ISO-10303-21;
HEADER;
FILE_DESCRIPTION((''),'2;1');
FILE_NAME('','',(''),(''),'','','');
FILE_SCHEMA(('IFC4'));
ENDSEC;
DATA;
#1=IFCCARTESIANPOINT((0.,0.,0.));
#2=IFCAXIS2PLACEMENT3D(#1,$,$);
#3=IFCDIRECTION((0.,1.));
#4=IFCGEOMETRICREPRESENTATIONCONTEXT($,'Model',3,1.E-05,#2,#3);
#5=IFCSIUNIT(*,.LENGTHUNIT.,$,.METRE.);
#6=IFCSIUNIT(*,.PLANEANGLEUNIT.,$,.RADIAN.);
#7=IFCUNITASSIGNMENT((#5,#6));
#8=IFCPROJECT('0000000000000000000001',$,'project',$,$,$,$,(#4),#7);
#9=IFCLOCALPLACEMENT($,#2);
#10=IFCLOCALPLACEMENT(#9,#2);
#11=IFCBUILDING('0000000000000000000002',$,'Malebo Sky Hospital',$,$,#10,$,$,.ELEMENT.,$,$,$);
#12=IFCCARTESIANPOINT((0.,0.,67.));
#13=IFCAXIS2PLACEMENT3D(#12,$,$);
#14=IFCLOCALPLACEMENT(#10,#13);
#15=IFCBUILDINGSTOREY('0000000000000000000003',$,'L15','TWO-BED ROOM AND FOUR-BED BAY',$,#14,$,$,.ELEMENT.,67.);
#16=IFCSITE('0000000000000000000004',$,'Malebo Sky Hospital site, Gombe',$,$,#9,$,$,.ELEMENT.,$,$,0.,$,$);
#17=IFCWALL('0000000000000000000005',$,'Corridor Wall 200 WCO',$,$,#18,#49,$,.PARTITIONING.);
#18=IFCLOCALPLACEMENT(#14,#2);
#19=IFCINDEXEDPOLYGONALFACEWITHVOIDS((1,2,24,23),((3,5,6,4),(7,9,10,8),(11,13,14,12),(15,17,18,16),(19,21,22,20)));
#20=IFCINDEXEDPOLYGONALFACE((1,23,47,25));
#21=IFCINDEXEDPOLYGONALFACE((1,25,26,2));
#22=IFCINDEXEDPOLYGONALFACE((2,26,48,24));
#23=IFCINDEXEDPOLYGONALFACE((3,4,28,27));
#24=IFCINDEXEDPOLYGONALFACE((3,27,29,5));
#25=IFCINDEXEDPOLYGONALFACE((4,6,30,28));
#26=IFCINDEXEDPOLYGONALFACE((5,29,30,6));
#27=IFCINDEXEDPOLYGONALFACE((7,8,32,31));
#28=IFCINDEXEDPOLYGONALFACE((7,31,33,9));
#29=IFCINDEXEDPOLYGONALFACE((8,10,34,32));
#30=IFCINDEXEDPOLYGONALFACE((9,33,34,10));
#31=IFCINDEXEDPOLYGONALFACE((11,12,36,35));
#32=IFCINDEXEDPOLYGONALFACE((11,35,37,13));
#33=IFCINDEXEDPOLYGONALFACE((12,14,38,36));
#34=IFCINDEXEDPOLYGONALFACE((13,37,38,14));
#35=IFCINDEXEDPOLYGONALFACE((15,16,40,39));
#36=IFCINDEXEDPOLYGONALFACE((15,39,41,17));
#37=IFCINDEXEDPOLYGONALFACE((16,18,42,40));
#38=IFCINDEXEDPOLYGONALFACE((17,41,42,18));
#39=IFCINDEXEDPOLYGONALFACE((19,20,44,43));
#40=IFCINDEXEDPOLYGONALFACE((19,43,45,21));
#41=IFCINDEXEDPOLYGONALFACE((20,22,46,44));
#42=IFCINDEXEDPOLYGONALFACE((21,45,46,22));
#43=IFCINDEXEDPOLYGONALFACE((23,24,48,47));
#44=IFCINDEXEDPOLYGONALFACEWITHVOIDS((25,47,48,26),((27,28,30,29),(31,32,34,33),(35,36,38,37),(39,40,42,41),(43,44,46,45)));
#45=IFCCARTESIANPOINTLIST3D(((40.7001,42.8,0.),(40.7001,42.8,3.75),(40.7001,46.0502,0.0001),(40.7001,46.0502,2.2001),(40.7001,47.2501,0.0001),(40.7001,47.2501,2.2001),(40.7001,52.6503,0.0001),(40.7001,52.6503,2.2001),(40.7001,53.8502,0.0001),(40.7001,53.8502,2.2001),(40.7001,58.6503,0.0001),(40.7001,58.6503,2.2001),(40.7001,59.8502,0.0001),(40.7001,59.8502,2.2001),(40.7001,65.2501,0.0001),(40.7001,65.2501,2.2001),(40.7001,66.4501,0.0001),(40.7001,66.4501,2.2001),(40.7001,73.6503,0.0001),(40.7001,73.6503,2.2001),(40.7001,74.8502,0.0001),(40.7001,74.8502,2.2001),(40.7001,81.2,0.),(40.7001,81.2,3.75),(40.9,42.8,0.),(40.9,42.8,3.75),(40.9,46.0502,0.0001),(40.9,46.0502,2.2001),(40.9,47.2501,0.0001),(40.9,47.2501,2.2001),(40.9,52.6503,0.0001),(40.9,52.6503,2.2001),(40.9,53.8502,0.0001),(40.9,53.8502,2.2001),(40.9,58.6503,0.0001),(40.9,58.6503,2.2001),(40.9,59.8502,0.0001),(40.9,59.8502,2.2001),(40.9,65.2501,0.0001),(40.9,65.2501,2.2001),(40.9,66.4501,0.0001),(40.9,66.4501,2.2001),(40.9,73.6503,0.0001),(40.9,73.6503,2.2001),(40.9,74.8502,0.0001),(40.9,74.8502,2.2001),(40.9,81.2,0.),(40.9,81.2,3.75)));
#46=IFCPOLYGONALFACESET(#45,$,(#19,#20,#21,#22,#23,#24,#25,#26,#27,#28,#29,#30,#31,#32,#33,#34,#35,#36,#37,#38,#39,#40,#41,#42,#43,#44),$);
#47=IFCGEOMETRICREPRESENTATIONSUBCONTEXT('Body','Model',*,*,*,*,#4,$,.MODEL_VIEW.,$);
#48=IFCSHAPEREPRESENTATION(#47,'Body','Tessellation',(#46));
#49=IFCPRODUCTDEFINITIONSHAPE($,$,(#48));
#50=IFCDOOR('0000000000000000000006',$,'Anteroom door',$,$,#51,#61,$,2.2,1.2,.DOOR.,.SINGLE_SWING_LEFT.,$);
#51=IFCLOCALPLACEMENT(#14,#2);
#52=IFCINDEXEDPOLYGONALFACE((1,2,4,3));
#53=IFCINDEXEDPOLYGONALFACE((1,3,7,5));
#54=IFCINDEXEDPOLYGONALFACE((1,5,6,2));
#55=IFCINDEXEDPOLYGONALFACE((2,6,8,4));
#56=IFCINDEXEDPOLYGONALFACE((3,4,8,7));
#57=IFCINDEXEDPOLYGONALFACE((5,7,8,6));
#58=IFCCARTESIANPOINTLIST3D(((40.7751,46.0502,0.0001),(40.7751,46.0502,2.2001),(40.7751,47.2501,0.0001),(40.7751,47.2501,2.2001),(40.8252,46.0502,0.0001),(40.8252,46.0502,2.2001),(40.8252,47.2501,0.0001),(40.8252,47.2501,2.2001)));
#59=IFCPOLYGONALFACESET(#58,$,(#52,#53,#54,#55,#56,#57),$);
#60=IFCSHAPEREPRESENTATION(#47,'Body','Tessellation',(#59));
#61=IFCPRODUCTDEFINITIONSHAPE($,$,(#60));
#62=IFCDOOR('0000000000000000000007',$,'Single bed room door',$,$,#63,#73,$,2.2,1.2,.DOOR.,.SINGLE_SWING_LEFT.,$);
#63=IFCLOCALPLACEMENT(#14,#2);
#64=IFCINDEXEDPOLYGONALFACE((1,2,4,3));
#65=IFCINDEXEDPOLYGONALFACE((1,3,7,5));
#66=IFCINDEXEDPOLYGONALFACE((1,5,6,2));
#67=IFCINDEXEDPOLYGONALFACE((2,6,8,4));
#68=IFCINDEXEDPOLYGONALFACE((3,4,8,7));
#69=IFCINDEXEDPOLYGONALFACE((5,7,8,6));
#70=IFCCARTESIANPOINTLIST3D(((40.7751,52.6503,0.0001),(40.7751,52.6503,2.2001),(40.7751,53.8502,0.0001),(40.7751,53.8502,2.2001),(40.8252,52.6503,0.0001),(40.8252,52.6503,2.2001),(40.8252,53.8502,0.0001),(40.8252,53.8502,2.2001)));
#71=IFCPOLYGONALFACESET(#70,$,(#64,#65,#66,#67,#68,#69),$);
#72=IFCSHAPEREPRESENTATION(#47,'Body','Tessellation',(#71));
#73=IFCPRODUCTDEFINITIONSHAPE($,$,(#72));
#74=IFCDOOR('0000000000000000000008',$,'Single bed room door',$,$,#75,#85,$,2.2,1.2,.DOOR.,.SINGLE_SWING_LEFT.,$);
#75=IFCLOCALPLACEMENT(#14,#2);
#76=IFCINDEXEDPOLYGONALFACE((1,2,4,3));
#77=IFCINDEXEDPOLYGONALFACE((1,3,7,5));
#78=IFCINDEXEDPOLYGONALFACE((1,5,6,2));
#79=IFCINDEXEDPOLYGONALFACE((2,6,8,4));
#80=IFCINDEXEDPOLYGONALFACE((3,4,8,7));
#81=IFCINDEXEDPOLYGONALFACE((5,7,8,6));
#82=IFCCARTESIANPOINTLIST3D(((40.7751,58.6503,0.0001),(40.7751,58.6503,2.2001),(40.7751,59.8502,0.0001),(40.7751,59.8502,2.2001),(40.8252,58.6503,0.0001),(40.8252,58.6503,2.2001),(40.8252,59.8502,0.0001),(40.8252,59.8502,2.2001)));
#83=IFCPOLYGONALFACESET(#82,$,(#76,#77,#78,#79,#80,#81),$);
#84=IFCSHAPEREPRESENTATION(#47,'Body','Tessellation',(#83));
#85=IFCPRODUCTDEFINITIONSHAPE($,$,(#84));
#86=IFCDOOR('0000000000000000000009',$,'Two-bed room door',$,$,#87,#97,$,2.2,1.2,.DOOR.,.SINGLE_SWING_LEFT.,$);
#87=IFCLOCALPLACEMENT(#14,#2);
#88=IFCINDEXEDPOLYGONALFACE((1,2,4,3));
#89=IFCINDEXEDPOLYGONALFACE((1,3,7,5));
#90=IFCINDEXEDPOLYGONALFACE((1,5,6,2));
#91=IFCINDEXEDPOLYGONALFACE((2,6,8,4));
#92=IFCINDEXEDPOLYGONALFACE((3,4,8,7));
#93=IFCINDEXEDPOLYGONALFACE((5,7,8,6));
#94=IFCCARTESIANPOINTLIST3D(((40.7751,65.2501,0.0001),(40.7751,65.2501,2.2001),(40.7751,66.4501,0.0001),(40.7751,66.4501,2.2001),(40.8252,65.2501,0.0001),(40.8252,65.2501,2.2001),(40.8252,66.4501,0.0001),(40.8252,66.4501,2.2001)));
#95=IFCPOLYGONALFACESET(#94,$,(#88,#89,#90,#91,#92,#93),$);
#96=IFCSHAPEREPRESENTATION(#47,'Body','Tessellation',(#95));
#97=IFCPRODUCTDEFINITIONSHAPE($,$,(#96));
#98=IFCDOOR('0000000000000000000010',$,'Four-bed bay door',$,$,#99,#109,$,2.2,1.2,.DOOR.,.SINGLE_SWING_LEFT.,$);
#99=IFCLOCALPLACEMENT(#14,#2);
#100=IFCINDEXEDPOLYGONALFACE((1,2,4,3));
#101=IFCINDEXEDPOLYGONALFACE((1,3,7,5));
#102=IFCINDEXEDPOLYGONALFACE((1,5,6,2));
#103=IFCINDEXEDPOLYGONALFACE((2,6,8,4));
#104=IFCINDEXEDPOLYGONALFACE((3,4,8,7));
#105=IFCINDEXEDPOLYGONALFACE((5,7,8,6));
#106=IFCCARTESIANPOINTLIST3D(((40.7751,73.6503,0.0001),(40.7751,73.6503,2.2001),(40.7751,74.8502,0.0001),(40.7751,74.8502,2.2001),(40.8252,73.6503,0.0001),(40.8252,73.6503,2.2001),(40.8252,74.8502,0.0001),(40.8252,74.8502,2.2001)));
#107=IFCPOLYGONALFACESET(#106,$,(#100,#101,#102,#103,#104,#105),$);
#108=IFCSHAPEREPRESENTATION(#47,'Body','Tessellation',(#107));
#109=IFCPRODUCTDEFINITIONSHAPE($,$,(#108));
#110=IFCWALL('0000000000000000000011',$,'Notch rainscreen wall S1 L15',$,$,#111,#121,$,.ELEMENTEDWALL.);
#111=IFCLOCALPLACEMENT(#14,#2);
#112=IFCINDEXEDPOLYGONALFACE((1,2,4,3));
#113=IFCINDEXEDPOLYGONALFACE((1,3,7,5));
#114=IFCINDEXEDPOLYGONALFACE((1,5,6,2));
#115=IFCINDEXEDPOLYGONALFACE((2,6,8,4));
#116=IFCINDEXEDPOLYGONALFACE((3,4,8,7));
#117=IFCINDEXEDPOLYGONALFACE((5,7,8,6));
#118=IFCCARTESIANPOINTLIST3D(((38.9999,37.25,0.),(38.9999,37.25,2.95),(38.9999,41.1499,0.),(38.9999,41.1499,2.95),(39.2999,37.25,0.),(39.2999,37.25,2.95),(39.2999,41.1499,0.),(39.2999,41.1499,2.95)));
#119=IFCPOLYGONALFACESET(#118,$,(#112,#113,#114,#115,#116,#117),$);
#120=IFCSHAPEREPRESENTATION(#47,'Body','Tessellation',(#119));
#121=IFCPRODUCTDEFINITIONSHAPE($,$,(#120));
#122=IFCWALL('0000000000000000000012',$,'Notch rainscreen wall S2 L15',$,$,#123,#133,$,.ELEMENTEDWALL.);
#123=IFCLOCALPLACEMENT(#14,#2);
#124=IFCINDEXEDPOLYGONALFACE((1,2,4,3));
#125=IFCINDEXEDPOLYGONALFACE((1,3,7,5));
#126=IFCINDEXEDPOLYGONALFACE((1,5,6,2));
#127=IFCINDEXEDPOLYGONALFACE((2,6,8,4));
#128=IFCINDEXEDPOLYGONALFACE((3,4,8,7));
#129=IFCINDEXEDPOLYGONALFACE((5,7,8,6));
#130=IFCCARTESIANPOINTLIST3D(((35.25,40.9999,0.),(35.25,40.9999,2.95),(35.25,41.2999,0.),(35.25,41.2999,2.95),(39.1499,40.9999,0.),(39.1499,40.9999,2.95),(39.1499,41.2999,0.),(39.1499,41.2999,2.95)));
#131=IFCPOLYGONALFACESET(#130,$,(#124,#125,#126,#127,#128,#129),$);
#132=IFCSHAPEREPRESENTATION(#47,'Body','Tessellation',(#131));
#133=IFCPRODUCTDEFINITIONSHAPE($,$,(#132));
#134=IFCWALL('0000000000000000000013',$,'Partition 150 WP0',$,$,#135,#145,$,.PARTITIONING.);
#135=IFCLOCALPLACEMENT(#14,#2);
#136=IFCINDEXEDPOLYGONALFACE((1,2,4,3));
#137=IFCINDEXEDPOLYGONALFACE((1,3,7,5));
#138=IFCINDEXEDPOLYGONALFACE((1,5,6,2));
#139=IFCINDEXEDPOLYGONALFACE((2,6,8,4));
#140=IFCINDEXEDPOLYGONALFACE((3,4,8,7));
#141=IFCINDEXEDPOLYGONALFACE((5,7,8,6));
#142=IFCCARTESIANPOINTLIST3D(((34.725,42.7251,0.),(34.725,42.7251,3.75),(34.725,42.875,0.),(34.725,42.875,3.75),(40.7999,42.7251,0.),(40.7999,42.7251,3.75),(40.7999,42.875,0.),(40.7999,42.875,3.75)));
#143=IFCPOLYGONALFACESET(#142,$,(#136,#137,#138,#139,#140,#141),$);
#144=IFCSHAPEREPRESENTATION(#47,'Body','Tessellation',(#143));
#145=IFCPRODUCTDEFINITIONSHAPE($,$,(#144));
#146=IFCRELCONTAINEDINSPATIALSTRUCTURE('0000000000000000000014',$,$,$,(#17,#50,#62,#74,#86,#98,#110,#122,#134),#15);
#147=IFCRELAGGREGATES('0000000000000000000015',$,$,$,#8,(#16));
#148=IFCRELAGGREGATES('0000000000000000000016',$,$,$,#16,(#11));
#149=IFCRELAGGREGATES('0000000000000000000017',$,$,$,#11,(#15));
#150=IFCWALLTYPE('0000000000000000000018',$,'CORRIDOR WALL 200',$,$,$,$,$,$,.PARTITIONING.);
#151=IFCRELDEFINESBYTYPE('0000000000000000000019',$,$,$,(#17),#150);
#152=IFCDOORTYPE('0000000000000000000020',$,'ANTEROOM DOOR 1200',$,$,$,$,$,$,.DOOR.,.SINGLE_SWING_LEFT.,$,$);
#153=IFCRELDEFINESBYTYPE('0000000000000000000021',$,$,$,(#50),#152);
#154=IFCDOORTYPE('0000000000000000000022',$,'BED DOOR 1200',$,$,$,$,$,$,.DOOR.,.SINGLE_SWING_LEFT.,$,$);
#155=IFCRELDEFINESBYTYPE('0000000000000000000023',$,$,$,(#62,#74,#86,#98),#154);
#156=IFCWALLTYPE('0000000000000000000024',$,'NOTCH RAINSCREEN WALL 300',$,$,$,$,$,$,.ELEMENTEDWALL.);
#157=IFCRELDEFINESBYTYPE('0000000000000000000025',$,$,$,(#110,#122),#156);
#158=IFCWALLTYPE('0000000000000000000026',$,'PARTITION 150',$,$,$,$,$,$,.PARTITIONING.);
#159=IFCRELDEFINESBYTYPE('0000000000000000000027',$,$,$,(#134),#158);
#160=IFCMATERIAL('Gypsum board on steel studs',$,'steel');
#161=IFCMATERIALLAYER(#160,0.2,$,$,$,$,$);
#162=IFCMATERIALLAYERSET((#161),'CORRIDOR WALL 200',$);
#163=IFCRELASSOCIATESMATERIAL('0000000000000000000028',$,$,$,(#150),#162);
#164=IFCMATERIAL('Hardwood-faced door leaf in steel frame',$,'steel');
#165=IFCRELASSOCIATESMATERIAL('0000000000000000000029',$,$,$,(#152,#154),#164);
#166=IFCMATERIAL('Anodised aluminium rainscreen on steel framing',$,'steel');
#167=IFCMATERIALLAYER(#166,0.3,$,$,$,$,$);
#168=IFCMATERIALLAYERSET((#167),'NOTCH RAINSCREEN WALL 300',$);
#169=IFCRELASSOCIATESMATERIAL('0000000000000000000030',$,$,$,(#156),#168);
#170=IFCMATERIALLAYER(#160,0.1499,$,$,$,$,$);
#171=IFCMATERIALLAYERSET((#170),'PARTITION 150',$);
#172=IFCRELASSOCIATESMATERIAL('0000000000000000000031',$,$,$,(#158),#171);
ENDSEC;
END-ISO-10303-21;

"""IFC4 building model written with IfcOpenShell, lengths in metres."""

from ifc_helpers import new_model, si_unit, direction, frame, frame_2d, origin, place, context, subcontext, project, spatial, rectangle, extrude, material, layer, layer_set, type_object, element, fill, save


model = new_model("IFC4")

# Units and contexts
model_context = context("Model", 3, precision=1e-05, world=origin(), true_north=direction((0.0, 1.0)))
body_context = subcontext(model_context, "Body", "Model", "MODEL_VIEW")
ifc_project = project(units=[si_unit("LENGTHUNIT", "METRE"), si_unit("PLANEANGLEUNIT", "RADIAN")], contexts=[model_context])

# Site, building, storey
site_placement = place(None, origin())
site = spatial("IfcSite", under=ifc_project, at=site_placement, Name="Malebo Sky Hospital site, Gombe", CompositionType="ELEMENT", RefElevation=0.0)
building_placement = place(site_placement, origin())
building = spatial("IfcBuilding", under=site, at=building_placement, Name="Malebo Sky Hospital", CompositionType="ELEMENT")
storey_placement = place(building_placement, frame((0.0, 0.0, 67.0)))
storey = spatial("IfcBuildingStorey", under=building, at=storey_placement, Name="L15", Description="TWO-BED ROOM AND FOUR-BED BAY", CompositionType="ELEMENT", Elevation=67.0)

# Wall, openings, doors
ifc_material_1 = material(Name="Gypsum board on steel studs", Category="steel")
ifc_layer_1 = layer(ifc_material_1, 0.2)
ifc_layer_set_1 = layer_set([ifc_layer_1], Name="CORRIDOR WALL 200")
wall_type_1 = type_object("IfcWallType", Name="CORRIDOR WALL 200", PredefinedType="PARTITIONING", material=ifc_layer_set_1)
wall_1_placement = place(storey_placement, frame((40.8, 42.8, 0.0), z_axis=(0.0, 0.0, 1.0), x_axis=(0.0, 1.0, 0.0)))
wall_1 = element("IfcWall", 1, at=wall_1_placement, inside=storey, type_object=wall_type_1, Name="Corridor Wall 200 WCO", PredefinedType="PARTITIONING", context=body_context, shape_type="SweptSolid", body=[
    extrude(rectangle(XDim=38.3999, YDim=0.2, at=frame_2d((19.2, 0.0))), origin(), (0.0, 0.0, 1.0), 3.75),
])
opening_1_placement = place(wall_1_placement, frame((3.25, 0.0, 0.0)))
opening_1 = element("IfcOpeningElement", 2, at=opening_1_placement, cuts=wall_1, PredefinedType="OPENING", context=body_context, shape_type="SweptSolid", body=[
    extrude(rectangle(XDim=1.2, YDim=2.2, at=frame_2d((0.6001, 1.1001))), frame((0.0, 0.1099, 0.0), z_axis=(0.0, -1.0, 0.0), x_axis=(1.0, 0.0, 0.0)), (0.0, 0.0, 1.0), 0.22),
])
opening_2_placement = place(wall_1_placement, frame((9.8501, 0.0, 0.0)))
opening_2 = element("IfcOpeningElement", 3, at=opening_2_placement, cuts=wall_1, PredefinedType="OPENING", context=body_context, shape_type="SweptSolid", body=[
    extrude(rectangle(XDim=1.2, YDim=2.2, at=frame_2d((0.6001, 1.1001))), frame((0.0, 0.1099, 0.0), z_axis=(0.0, -1.0, 0.0), x_axis=(1.0, 0.0, 0.0)), (0.0, 0.0, 1.0), 0.22),
])
opening_3_placement = place(wall_1_placement, frame((15.8501, 0.0, 0.0)))
opening_3 = element("IfcOpeningElement", 4, at=opening_3_placement, cuts=wall_1, PredefinedType="OPENING", context=body_context, shape_type="SweptSolid", body=[
    extrude(rectangle(XDim=1.2, YDim=2.2, at=frame_2d((0.6001, 1.1001))), frame((0.0, 0.1099, 0.0), z_axis=(0.0, -1.0, 0.0), x_axis=(1.0, 0.0, 0.0)), (0.0, 0.0, 1.0), 0.22),
])
opening_4_placement = place(wall_1_placement, frame((22.45, 0.0, 0.0)))
opening_4 = element("IfcOpeningElement", 5, at=opening_4_placement, cuts=wall_1, PredefinedType="OPENING", context=body_context, shape_type="SweptSolid", body=[
    extrude(rectangle(XDim=1.2, YDim=2.2, at=frame_2d((0.6001, 1.1001))), frame((0.0, 0.1099, 0.0), z_axis=(0.0, -1.0, 0.0), x_axis=(1.0, 0.0, 0.0)), (0.0, 0.0, 1.0), 0.22),
])
opening_5_placement = place(wall_1_placement, frame((30.8501, 0.0, 0.0)))
opening_5 = element("IfcOpeningElement", 6, at=opening_5_placement, cuts=wall_1, PredefinedType="OPENING", context=body_context, shape_type="SweptSolid", body=[
    extrude(rectangle(XDim=1.2, YDim=2.2, at=frame_2d((0.6001, 1.1001))), frame((0.0, 0.1099, 0.0), z_axis=(0.0, -1.0, 0.0), x_axis=(1.0, 0.0, 0.0)), (0.0, 0.0, 1.0), 0.22),
])
ifc_material_2 = material(Name="Hardwood-faced door leaf in steel frame", Category="steel")
door_type_1 = type_object("IfcDoorType", Name="ANTEROOM DOOR 1200", OperationType="SINGLE_SWING_LEFT", PredefinedType="DOOR", material=ifc_material_2)
door_1_placement = place(opening_1_placement, origin())
door_1 = element("IfcDoor", 7, at=door_1_placement, inside=storey, type_object=door_type_1, Name="Anteroom door", OperationType="SINGLE_SWING_LEFT", OverallHeight=2.2, OverallWidth=1.2, PredefinedType="DOOR", context=body_context, shape_type="SweptSolid", body=[
    extrude(rectangle(XDim=1.2, YDim=2.2, at=frame_2d((0.6001, 1.1001))), frame((0.0, 0.0249, 0.0), z_axis=(0.0, -1.0, 0.0), x_axis=(1.0, 0.0, 0.0)), (0.0, 0.0, 1.0), 0.05),
])
fill(opening_1, door_1)
door_type_2 = type_object("IfcDoorType", Name="BED DOOR 1200", OperationType="SINGLE_SWING_LEFT", PredefinedType="DOOR", material=ifc_material_2)
door_2_placement = place(opening_2_placement, origin())
door_2 = element("IfcDoor", 8, at=door_2_placement, inside=storey, type_object=door_type_2, Name="Single bed room door", OperationType="SINGLE_SWING_LEFT", OverallHeight=2.2, OverallWidth=1.2, PredefinedType="DOOR", context=body_context, shape_type="SweptSolid", body=[
    extrude(rectangle(XDim=1.2, YDim=2.2, at=frame_2d((0.6001, 1.1001))), frame((0.0, 0.0249, 0.0), z_axis=(0.0, -1.0, 0.0), x_axis=(1.0, 0.0, 0.0)), (0.0, 0.0, 1.0), 0.05),
])
fill(opening_2, door_2)
door_3_placement = place(opening_3_placement, origin())
door_3 = element("IfcDoor", 9, at=door_3_placement, inside=storey, type_object=door_type_2, Name="Single bed room door", OperationType="SINGLE_SWING_LEFT", OverallHeight=2.2, OverallWidth=1.2, PredefinedType="DOOR", context=body_context, shape_type="SweptSolid", body=[
    extrude(rectangle(XDim=1.2, YDim=2.2, at=frame_2d((0.6001, 1.1001))), frame((0.0, 0.0249, 0.0), z_axis=(0.0, -1.0, 0.0), x_axis=(1.0, 0.0, 0.0)), (0.0, 0.0, 1.0), 0.05),
])
fill(opening_3, door_3)
door_4_placement = place(opening_4_placement, origin())
door_4 = element("IfcDoor", 10, at=door_4_placement, inside=storey, type_object=door_type_2, Name="Two-bed room door", OperationType="SINGLE_SWING_LEFT", OverallHeight=2.2, OverallWidth=1.2, PredefinedType="DOOR", context=body_context, shape_type="SweptSolid", body=[
    extrude(rectangle(XDim=1.2, YDim=2.2, at=frame_2d((0.6001, 1.1001))), frame((0.0, 0.0249, 0.0), z_axis=(0.0, -1.0, 0.0), x_axis=(1.0, 0.0, 0.0)), (0.0, 0.0, 1.0), 0.05),
])
fill(opening_4, door_4)
door_5_placement = place(opening_5_placement, origin())
door_5 = element("IfcDoor", 11, at=door_5_placement, inside=storey, type_object=door_type_2, Name="Four-bed bay door", OperationType="SINGLE_SWING_LEFT", OverallHeight=2.2, OverallWidth=1.2, PredefinedType="DOOR", context=body_context, shape_type="SweptSolid", body=[
    extrude(rectangle(XDim=1.2, YDim=2.2, at=frame_2d((0.6001, 1.1001))), frame((0.0, 0.0249, 0.0), z_axis=(0.0, -1.0, 0.0), x_axis=(1.0, 0.0, 0.0)), (0.0, 0.0, 1.0), 0.05),
])
fill(opening_5, door_5)

# Walls
ifc_material_3 = material(Name="Anodised aluminium rainscreen on steel framing", Category="steel")
ifc_layer_2 = layer(ifc_material_3, 0.3)
ifc_layer_set_2 = layer_set([ifc_layer_2], Name="NOTCH RAINSCREEN WALL 300")
wall_type_2 = type_object("IfcWallType", Name="NOTCH RAINSCREEN WALL 300", PredefinedType="ELEMENTEDWALL", material=ifc_layer_set_2)
for number, where, z_axis, x_axis, name in (
    (12, (39.1499, 37.25, 0.0), (0.0, 0.0, 1.0), (0.0, 1.0, 0.0), "Notch rainscreen wall S1 L15"),
    (13, (39.1499, 41.1499, 0.0), (0.0, 0.0, 1.0), (-1.0, 0.0, 0.0), "Notch rainscreen wall S2 L15"),
):
    element("IfcWall", number, at=place(storey_placement, frame(where, z_axis=z_axis, x_axis=x_axis)), inside=storey, type_object=wall_type_2, Name=name, PredefinedType="ELEMENTEDWALL", context=body_context, shape_type="SweptSolid", body=[
        extrude(rectangle(XDim=3.8999, YDim=0.3, at=frame_2d((1.95, 0.0))), origin(), (0.0, 0.0, 1.0), 2.95),
    ])
ifc_layer_3 = layer(ifc_material_1, 0.1499)
ifc_layer_set_3 = layer_set([ifc_layer_3], Name="PARTITION 150")
wall_type_3 = type_object("IfcWallType", Name="PARTITION 150", PredefinedType="PARTITIONING", material=ifc_layer_set_3)
wall_2_placement = place(storey_placement, frame((40.8, 42.8, 0.0), z_axis=(0.0, 0.0, 1.0), x_axis=(-1.0, 0.0, 0.0)))
element("IfcWall", 14, at=wall_2_placement, inside=storey, type_object=wall_type_3, Name="Partition 150 WP0", PredefinedType="PARTITIONING", context=body_context, shape_type="SweptSolid", body=[
    extrude(rectangle(XDim=6.075, YDim=0.1499, at=frame_2d((3.0376, 0.0))), origin(), (0.0, 0.0, 1.0), 3.75),
])

save(model, "model.ifc")
